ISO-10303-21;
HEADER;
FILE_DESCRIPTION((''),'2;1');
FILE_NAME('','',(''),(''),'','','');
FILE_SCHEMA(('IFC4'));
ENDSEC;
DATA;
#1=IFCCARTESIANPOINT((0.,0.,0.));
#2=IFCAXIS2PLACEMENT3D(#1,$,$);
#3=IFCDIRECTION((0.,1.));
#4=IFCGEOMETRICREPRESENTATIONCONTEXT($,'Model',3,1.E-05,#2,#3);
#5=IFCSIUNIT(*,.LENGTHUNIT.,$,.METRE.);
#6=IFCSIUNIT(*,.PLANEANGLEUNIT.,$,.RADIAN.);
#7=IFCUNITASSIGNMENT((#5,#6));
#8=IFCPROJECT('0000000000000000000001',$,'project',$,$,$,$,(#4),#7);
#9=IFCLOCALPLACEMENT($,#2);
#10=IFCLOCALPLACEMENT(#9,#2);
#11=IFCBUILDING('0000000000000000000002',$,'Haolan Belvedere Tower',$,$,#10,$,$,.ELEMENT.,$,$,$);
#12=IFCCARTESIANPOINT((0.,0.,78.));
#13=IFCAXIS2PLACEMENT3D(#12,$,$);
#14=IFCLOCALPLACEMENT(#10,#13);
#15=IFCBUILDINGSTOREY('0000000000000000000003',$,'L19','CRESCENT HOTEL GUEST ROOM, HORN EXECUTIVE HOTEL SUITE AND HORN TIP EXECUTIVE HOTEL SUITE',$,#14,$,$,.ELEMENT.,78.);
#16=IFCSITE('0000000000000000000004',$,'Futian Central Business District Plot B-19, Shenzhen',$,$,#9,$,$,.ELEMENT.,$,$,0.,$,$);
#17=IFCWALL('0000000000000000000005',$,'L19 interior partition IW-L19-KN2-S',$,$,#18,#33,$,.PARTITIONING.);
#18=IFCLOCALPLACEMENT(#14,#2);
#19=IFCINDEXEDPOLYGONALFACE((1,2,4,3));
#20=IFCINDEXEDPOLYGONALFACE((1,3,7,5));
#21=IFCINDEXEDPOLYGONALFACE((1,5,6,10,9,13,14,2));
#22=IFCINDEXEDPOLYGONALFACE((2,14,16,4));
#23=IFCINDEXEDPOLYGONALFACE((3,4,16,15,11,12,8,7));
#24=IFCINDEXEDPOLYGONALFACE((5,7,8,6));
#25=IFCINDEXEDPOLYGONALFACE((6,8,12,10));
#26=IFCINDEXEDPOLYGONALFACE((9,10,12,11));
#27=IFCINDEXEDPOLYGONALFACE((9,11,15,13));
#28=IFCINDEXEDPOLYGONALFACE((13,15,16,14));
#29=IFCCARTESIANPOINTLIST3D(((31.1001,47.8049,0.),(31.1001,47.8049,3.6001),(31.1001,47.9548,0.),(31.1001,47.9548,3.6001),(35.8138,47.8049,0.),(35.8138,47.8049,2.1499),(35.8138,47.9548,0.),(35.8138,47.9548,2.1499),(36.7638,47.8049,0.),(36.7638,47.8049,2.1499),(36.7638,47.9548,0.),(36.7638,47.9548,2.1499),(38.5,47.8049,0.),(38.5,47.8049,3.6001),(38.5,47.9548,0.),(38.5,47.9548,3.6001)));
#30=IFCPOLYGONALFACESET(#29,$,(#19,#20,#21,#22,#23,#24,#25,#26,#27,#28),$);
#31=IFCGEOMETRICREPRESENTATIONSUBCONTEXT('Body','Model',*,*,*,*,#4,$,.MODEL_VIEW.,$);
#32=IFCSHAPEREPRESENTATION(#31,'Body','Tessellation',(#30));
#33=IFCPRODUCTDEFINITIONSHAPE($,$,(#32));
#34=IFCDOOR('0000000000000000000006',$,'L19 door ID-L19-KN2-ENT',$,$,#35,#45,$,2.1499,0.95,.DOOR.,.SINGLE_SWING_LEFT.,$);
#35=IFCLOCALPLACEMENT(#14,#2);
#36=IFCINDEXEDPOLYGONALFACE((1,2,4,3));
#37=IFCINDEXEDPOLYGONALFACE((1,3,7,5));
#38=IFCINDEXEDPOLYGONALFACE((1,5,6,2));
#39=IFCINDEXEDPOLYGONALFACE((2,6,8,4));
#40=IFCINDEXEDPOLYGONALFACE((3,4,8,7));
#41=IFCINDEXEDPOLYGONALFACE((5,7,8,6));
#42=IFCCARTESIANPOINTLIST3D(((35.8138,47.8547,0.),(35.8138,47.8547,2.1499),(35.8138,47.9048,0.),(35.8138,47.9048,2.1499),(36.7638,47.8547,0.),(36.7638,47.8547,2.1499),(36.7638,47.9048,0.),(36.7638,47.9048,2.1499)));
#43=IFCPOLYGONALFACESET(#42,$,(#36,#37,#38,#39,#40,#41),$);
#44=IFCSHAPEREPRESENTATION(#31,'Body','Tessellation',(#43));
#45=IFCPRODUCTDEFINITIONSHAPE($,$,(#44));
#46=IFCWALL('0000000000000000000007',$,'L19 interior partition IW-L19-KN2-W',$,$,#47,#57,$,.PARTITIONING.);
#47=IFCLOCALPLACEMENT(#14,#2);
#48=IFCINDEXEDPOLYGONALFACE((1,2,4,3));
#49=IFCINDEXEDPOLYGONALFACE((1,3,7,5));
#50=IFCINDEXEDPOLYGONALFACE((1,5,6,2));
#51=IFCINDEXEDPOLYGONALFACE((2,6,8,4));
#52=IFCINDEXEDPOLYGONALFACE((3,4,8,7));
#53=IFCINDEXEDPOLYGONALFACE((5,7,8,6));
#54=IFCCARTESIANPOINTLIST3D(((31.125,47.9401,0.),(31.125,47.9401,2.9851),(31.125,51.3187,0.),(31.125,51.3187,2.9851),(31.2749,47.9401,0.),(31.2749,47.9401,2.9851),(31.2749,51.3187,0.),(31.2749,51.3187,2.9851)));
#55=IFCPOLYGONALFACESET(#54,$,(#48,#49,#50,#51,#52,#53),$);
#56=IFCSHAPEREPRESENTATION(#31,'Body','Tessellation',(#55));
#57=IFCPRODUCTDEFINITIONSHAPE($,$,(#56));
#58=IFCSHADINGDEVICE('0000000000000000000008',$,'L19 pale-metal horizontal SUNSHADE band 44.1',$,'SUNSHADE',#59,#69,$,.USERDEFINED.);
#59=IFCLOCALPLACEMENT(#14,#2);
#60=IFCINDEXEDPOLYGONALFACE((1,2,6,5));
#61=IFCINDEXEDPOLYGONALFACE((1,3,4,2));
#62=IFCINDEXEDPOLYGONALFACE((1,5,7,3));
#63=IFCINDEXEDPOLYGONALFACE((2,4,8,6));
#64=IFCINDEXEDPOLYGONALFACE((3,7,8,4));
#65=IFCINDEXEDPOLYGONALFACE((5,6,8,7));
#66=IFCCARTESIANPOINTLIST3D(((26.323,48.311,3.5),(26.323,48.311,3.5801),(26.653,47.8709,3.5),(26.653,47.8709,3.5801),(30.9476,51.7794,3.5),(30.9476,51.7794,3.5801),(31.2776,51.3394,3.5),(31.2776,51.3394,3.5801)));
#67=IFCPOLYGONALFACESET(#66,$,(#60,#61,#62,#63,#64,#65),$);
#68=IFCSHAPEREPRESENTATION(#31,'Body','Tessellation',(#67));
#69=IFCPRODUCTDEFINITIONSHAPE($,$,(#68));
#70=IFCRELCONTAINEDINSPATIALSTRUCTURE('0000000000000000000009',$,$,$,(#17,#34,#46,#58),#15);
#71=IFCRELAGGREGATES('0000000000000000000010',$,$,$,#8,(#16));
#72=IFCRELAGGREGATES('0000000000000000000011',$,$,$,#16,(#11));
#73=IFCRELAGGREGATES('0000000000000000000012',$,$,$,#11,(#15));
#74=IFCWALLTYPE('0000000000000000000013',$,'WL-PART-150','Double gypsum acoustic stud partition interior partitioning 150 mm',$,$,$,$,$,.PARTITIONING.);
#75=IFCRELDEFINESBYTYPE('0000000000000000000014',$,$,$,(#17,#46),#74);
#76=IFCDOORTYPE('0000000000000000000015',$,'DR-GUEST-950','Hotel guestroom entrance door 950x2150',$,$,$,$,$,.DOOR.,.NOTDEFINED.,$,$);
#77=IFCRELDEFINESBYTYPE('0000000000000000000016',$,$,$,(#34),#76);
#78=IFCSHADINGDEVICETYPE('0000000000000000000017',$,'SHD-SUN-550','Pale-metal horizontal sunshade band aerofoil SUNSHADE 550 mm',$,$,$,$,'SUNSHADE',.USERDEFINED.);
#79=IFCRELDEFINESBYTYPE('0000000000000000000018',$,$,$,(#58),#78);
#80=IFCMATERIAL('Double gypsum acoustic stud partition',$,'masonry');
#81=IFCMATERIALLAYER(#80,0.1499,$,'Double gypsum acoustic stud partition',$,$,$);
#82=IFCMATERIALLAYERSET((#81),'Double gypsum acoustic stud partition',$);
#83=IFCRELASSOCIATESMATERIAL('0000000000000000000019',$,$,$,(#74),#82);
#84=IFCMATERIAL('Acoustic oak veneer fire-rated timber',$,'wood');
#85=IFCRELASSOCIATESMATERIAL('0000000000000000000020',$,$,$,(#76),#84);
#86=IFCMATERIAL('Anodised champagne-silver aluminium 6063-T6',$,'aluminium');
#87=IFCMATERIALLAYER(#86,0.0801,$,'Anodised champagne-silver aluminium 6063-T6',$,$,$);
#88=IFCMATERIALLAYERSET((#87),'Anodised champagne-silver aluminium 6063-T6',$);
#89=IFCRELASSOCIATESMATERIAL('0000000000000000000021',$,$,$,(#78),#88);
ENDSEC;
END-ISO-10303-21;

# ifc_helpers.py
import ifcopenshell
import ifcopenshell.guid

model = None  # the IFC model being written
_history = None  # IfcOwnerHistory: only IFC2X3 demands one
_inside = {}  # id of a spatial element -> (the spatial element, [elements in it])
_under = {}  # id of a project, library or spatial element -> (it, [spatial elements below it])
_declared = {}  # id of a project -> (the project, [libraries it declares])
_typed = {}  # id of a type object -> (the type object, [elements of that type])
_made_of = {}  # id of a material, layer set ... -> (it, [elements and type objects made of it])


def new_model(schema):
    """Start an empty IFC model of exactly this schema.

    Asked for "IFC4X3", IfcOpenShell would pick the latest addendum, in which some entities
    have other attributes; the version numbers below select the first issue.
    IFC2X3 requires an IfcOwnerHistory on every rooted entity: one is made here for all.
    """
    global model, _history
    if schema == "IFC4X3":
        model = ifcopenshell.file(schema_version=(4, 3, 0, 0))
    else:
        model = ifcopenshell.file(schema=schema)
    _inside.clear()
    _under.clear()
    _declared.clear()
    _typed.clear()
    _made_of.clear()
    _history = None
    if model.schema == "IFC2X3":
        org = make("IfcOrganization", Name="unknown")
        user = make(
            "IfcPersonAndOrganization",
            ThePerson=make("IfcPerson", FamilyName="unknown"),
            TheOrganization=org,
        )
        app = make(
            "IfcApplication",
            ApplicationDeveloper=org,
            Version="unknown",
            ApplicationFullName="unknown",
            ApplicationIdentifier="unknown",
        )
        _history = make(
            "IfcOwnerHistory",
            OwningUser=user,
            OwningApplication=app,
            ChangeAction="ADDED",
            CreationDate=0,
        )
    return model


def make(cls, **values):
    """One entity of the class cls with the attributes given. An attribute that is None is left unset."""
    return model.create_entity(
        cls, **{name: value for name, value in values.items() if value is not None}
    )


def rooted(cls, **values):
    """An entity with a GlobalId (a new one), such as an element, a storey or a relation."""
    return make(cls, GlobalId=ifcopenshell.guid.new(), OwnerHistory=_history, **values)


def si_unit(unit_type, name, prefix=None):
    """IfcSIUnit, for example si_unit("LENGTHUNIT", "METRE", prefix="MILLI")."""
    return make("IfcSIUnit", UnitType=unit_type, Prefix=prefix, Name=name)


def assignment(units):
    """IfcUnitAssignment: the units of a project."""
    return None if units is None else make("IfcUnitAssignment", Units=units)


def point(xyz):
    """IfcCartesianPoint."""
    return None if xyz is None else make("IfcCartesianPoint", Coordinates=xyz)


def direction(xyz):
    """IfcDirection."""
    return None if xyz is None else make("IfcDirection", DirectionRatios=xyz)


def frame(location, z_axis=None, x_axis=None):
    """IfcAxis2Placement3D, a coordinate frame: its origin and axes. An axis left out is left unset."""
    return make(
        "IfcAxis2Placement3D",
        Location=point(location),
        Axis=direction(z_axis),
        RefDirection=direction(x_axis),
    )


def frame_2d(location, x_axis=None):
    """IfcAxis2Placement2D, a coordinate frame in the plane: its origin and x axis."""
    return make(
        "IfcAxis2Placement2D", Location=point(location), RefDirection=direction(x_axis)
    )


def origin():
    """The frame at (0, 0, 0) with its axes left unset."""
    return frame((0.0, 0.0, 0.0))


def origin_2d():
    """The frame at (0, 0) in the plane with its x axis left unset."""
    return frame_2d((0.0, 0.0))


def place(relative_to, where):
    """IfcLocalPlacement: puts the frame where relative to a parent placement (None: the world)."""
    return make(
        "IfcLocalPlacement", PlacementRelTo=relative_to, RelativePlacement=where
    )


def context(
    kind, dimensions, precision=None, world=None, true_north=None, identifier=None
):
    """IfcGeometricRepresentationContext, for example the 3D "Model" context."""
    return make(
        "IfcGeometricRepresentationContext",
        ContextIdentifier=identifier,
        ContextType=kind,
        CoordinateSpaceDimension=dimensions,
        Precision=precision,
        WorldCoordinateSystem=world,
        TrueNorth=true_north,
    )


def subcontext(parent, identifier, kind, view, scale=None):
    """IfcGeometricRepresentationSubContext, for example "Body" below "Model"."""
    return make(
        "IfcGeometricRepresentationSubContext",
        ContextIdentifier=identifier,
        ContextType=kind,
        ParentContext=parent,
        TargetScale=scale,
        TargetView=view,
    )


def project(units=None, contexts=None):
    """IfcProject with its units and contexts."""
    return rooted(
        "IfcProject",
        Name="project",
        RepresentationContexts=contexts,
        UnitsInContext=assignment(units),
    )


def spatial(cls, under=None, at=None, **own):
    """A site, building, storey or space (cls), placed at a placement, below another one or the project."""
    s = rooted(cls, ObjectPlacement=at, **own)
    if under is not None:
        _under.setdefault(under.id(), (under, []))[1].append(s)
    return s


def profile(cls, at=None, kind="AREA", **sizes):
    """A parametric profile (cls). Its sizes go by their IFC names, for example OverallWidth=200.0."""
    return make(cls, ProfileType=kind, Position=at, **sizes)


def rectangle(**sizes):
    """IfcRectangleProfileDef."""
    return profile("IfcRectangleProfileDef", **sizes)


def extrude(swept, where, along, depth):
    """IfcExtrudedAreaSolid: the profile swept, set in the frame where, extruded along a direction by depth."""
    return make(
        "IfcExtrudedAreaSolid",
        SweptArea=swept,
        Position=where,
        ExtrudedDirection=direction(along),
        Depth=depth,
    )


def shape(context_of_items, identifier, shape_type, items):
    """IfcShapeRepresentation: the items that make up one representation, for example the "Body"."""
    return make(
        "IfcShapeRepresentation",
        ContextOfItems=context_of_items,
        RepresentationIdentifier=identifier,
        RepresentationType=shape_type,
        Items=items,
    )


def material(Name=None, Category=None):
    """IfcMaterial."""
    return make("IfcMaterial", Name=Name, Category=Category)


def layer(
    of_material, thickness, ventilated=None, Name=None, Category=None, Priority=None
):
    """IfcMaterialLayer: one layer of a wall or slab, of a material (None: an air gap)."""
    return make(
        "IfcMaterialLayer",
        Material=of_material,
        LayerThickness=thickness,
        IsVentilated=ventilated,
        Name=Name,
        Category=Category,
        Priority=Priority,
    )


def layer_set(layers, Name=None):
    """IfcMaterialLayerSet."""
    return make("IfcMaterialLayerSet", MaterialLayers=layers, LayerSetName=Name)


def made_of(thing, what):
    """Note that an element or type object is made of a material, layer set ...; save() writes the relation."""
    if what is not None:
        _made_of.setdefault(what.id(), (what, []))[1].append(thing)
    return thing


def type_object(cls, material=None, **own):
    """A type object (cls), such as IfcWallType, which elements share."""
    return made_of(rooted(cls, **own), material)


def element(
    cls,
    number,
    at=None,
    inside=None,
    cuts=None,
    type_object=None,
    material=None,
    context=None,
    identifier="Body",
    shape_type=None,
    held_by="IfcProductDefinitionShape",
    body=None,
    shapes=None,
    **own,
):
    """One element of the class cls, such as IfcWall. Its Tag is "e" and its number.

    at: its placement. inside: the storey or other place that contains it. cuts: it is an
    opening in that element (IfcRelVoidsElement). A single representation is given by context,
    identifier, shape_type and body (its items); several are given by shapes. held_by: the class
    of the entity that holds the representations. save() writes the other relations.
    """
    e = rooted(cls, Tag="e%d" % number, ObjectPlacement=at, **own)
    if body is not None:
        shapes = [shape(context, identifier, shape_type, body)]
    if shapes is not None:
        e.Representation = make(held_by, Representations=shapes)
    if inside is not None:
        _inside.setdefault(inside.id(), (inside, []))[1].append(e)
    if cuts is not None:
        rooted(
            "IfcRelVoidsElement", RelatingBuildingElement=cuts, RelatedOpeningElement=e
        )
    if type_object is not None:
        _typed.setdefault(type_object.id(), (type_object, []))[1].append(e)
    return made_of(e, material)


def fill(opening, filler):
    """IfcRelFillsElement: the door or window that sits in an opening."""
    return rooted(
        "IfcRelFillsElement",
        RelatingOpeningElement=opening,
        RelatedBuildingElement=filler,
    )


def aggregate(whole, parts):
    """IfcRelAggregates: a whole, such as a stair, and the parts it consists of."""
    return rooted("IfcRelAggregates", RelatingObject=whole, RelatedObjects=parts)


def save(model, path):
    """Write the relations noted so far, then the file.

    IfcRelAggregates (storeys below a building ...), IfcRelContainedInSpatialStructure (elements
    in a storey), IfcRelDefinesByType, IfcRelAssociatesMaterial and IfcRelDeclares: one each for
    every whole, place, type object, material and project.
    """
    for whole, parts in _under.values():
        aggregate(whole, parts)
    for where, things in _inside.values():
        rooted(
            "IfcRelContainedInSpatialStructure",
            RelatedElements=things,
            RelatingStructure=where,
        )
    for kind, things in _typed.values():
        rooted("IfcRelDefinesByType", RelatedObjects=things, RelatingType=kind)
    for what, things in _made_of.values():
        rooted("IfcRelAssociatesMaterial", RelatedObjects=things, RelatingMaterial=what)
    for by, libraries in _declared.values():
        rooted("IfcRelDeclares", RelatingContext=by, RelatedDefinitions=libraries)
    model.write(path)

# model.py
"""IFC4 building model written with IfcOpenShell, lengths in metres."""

from ifc_helpers import new_model, si_unit, direction, frame, frame_2d, origin, origin_2d, place, context, subcontext, project, spatial, rectangle, extrude, material, layer, layer_set, type_object, element, fill, save


model = new_model("IFC4")

# Units and contexts
model_context = context("Model", 3, precision=1e-05, world=origin(), true_north=direction((0.0, 1.0)))
body_context = subcontext(model_context, "Body", "Model", "MODEL_VIEW")
ifc_project = project(units=[si_unit("LENGTHUNIT", "METRE"), si_unit("PLANEANGLEUNIT", "RADIAN")], contexts=[model_context])

# Site, building, storey
site_placement = place(None, origin())
site = spatial("IfcSite", under=ifc_project, at=site_placement, Name="Futian Central Business District Plot B-19, Shenzhen", CompositionType="ELEMENT", RefElevation=0.0)
building_placement = place(site_placement, origin())
building = spatial("IfcBuilding", under=site, at=building_placement, Name="Haolan Belvedere Tower", CompositionType="ELEMENT")
storey_placement = place(building_placement, frame((0.0, 0.0, 78.0)))
storey = spatial("IfcBuildingStorey", under=building, at=storey_placement, Name="L19", Description="CRESCENT HOTEL GUEST ROOM, HORN EXECUTIVE HOTEL SUITE AND HORN TIP EXECUTIVE HOTEL SUITE", CompositionType="ELEMENT", Elevation=78.0)

# Wall, opening, door
ifc_material_1 = material(Name="Double gypsum acoustic stud partition", Category="masonry")
ifc_layer_1 = layer(ifc_material_1, 0.1499, Name="Double gypsum acoustic stud partition")
ifc_layer_set_1 = layer_set([ifc_layer_1], Name="Double gypsum acoustic stud partition")
wall_type_1 = type_object("IfcWallType", Name="WL-PART-150", Description="Double gypsum acoustic stud partition interior partitioning 150 mm", PredefinedType="PARTITIONING", material=ifc_layer_set_1)
wall_1_placement = place(storey_placement, frame((31.1001, 47.8799, 0.0), z_axis=(0.0, 0.0, 1.0), x_axis=(1.0, 0.0, 0.0)))
wall_1 = element("IfcWall", 1, at=wall_1_placement, inside=storey, type_object=wall_type_1, Name="L19 interior partition IW-L19-KN2-S", PredefinedType="PARTITIONING", context=body_context, shape_type="SweptSolid", body=[
    extrude(rectangle(XDim=7.3999, YDim=0.1499, at=frame_2d((3.7, 0.0))), origin(), (0.0, 0.0, 1.0), 3.6001),
])
opening_1_placement = place(wall_1_placement, frame((4.7136, 0.0, 0.0)))
opening_1 = element("IfcOpeningElement", 2, at=opening_1_placement, cuts=wall_1, PredefinedType="OPENING", context=body_context, shape_type="SweptSolid", body=[
    extrude(rectangle(XDim=0.95, YDim=2.1499, at=frame_2d((0.4751, 1.075))), frame((0.0, 0.085, 0.0), z_axis=(0.0, -1.0, 0.0), x_axis=(1.0, 0.0, 0.0)), (0.0, 0.0, 1.0), 0.1699),
])
ifc_material_2 = material(Name="Acoustic oak veneer fire-rated timber", Category="wood")
door_type_1 = type_object("IfcDoorType", Name="DR-GUEST-950", Description="Hotel guestroom entrance door 950x2150", OperationType="NOTDEFINED", PredefinedType="DOOR", material=ifc_material_2)
door_1_placement = place(opening_1_placement, origin())
door_1 = element("IfcDoor", 3, at=door_1_placement, inside=storey, type_object=door_type_1, Name="L19 door ID-L19-KN2-ENT", OperationType="SINGLE_SWING_LEFT", OverallHeight=2.1499, OverallWidth=0.95, PredefinedType="DOOR", context=body_context, shape_type="SweptSolid", body=[
    extrude(rectangle(XDim=0.95, YDim=2.1499, at=frame_2d((0.4751, 1.075))), frame((0.0, 0.0249, 0.0), z_axis=(0.0, -1.0, 0.0), x_axis=(1.0, 0.0, 0.0)), (0.0, 0.0, 1.0), 0.05),
])
fill(opening_1, door_1)

# Wall
wall_2_placement = place(storey_placement, frame((31.2, 47.9399, 0.0), z_axis=(0.0, 0.0, 1.0), x_axis=(0.0, 1.0, 0.0)))
element("IfcWall", 4, at=wall_2_placement, inside=storey, type_object=wall_type_1, Name="L19 interior partition IW-L19-KN2-W", PredefinedType="PARTITIONING", context=body_context, shape_type="SweptSolid", body=[
    extrude(rectangle(XDim=3.3787, YDim=0.1499, at=frame_2d((1.6895, 0.0))), origin(), (0.0, 0.0, 1.0), 2.9851),
])

# Shading device
ifc_material_3 = material(Name="Anodised champagne-silver aluminium 6063-T6", Category="aluminium")
ifc_layer_2 = layer(ifc_material_3, 0.0801, Name="Anodised champagne-silver aluminium 6063-T6")
ifc_layer_set_2 = layer_set([ifc_layer_2], Name="Anodised champagne-silver aluminium 6063-T6")
shading_device_type = type_object("IfcShadingDeviceType", Name="SHD-SUN-550", Description="Pale-metal horizontal sunshade band aerofoil SUNSHADE 550 mm", ElementType="SUNSHADE", PredefinedType="USERDEFINED", material=ifc_layer_set_2)
shading_device_placement = place(storey_placement, frame((28.8003, 49.8252, 3.5), z_axis=(0.0, 0.0, 1.0), x_axis=(-0.799999, -0.600001, 0.0)))
element("IfcShadingDevice", 5, at=shading_device_placement, inside=storey, type_object=shading_device_type, Name="L19 pale-metal horizontal SUNSHADE band 44.1", ObjectType="SUNSHADE", PredefinedType="USERDEFINED", context=body_context, shape_type="SweptSolid", body=[
    extrude(rectangle(XDim=5.7808, YDim=0.55, at=origin_2d()), origin(), (0.0, 0.0, 1.0), 0.0801),
])

save(model, "model.ifc")
